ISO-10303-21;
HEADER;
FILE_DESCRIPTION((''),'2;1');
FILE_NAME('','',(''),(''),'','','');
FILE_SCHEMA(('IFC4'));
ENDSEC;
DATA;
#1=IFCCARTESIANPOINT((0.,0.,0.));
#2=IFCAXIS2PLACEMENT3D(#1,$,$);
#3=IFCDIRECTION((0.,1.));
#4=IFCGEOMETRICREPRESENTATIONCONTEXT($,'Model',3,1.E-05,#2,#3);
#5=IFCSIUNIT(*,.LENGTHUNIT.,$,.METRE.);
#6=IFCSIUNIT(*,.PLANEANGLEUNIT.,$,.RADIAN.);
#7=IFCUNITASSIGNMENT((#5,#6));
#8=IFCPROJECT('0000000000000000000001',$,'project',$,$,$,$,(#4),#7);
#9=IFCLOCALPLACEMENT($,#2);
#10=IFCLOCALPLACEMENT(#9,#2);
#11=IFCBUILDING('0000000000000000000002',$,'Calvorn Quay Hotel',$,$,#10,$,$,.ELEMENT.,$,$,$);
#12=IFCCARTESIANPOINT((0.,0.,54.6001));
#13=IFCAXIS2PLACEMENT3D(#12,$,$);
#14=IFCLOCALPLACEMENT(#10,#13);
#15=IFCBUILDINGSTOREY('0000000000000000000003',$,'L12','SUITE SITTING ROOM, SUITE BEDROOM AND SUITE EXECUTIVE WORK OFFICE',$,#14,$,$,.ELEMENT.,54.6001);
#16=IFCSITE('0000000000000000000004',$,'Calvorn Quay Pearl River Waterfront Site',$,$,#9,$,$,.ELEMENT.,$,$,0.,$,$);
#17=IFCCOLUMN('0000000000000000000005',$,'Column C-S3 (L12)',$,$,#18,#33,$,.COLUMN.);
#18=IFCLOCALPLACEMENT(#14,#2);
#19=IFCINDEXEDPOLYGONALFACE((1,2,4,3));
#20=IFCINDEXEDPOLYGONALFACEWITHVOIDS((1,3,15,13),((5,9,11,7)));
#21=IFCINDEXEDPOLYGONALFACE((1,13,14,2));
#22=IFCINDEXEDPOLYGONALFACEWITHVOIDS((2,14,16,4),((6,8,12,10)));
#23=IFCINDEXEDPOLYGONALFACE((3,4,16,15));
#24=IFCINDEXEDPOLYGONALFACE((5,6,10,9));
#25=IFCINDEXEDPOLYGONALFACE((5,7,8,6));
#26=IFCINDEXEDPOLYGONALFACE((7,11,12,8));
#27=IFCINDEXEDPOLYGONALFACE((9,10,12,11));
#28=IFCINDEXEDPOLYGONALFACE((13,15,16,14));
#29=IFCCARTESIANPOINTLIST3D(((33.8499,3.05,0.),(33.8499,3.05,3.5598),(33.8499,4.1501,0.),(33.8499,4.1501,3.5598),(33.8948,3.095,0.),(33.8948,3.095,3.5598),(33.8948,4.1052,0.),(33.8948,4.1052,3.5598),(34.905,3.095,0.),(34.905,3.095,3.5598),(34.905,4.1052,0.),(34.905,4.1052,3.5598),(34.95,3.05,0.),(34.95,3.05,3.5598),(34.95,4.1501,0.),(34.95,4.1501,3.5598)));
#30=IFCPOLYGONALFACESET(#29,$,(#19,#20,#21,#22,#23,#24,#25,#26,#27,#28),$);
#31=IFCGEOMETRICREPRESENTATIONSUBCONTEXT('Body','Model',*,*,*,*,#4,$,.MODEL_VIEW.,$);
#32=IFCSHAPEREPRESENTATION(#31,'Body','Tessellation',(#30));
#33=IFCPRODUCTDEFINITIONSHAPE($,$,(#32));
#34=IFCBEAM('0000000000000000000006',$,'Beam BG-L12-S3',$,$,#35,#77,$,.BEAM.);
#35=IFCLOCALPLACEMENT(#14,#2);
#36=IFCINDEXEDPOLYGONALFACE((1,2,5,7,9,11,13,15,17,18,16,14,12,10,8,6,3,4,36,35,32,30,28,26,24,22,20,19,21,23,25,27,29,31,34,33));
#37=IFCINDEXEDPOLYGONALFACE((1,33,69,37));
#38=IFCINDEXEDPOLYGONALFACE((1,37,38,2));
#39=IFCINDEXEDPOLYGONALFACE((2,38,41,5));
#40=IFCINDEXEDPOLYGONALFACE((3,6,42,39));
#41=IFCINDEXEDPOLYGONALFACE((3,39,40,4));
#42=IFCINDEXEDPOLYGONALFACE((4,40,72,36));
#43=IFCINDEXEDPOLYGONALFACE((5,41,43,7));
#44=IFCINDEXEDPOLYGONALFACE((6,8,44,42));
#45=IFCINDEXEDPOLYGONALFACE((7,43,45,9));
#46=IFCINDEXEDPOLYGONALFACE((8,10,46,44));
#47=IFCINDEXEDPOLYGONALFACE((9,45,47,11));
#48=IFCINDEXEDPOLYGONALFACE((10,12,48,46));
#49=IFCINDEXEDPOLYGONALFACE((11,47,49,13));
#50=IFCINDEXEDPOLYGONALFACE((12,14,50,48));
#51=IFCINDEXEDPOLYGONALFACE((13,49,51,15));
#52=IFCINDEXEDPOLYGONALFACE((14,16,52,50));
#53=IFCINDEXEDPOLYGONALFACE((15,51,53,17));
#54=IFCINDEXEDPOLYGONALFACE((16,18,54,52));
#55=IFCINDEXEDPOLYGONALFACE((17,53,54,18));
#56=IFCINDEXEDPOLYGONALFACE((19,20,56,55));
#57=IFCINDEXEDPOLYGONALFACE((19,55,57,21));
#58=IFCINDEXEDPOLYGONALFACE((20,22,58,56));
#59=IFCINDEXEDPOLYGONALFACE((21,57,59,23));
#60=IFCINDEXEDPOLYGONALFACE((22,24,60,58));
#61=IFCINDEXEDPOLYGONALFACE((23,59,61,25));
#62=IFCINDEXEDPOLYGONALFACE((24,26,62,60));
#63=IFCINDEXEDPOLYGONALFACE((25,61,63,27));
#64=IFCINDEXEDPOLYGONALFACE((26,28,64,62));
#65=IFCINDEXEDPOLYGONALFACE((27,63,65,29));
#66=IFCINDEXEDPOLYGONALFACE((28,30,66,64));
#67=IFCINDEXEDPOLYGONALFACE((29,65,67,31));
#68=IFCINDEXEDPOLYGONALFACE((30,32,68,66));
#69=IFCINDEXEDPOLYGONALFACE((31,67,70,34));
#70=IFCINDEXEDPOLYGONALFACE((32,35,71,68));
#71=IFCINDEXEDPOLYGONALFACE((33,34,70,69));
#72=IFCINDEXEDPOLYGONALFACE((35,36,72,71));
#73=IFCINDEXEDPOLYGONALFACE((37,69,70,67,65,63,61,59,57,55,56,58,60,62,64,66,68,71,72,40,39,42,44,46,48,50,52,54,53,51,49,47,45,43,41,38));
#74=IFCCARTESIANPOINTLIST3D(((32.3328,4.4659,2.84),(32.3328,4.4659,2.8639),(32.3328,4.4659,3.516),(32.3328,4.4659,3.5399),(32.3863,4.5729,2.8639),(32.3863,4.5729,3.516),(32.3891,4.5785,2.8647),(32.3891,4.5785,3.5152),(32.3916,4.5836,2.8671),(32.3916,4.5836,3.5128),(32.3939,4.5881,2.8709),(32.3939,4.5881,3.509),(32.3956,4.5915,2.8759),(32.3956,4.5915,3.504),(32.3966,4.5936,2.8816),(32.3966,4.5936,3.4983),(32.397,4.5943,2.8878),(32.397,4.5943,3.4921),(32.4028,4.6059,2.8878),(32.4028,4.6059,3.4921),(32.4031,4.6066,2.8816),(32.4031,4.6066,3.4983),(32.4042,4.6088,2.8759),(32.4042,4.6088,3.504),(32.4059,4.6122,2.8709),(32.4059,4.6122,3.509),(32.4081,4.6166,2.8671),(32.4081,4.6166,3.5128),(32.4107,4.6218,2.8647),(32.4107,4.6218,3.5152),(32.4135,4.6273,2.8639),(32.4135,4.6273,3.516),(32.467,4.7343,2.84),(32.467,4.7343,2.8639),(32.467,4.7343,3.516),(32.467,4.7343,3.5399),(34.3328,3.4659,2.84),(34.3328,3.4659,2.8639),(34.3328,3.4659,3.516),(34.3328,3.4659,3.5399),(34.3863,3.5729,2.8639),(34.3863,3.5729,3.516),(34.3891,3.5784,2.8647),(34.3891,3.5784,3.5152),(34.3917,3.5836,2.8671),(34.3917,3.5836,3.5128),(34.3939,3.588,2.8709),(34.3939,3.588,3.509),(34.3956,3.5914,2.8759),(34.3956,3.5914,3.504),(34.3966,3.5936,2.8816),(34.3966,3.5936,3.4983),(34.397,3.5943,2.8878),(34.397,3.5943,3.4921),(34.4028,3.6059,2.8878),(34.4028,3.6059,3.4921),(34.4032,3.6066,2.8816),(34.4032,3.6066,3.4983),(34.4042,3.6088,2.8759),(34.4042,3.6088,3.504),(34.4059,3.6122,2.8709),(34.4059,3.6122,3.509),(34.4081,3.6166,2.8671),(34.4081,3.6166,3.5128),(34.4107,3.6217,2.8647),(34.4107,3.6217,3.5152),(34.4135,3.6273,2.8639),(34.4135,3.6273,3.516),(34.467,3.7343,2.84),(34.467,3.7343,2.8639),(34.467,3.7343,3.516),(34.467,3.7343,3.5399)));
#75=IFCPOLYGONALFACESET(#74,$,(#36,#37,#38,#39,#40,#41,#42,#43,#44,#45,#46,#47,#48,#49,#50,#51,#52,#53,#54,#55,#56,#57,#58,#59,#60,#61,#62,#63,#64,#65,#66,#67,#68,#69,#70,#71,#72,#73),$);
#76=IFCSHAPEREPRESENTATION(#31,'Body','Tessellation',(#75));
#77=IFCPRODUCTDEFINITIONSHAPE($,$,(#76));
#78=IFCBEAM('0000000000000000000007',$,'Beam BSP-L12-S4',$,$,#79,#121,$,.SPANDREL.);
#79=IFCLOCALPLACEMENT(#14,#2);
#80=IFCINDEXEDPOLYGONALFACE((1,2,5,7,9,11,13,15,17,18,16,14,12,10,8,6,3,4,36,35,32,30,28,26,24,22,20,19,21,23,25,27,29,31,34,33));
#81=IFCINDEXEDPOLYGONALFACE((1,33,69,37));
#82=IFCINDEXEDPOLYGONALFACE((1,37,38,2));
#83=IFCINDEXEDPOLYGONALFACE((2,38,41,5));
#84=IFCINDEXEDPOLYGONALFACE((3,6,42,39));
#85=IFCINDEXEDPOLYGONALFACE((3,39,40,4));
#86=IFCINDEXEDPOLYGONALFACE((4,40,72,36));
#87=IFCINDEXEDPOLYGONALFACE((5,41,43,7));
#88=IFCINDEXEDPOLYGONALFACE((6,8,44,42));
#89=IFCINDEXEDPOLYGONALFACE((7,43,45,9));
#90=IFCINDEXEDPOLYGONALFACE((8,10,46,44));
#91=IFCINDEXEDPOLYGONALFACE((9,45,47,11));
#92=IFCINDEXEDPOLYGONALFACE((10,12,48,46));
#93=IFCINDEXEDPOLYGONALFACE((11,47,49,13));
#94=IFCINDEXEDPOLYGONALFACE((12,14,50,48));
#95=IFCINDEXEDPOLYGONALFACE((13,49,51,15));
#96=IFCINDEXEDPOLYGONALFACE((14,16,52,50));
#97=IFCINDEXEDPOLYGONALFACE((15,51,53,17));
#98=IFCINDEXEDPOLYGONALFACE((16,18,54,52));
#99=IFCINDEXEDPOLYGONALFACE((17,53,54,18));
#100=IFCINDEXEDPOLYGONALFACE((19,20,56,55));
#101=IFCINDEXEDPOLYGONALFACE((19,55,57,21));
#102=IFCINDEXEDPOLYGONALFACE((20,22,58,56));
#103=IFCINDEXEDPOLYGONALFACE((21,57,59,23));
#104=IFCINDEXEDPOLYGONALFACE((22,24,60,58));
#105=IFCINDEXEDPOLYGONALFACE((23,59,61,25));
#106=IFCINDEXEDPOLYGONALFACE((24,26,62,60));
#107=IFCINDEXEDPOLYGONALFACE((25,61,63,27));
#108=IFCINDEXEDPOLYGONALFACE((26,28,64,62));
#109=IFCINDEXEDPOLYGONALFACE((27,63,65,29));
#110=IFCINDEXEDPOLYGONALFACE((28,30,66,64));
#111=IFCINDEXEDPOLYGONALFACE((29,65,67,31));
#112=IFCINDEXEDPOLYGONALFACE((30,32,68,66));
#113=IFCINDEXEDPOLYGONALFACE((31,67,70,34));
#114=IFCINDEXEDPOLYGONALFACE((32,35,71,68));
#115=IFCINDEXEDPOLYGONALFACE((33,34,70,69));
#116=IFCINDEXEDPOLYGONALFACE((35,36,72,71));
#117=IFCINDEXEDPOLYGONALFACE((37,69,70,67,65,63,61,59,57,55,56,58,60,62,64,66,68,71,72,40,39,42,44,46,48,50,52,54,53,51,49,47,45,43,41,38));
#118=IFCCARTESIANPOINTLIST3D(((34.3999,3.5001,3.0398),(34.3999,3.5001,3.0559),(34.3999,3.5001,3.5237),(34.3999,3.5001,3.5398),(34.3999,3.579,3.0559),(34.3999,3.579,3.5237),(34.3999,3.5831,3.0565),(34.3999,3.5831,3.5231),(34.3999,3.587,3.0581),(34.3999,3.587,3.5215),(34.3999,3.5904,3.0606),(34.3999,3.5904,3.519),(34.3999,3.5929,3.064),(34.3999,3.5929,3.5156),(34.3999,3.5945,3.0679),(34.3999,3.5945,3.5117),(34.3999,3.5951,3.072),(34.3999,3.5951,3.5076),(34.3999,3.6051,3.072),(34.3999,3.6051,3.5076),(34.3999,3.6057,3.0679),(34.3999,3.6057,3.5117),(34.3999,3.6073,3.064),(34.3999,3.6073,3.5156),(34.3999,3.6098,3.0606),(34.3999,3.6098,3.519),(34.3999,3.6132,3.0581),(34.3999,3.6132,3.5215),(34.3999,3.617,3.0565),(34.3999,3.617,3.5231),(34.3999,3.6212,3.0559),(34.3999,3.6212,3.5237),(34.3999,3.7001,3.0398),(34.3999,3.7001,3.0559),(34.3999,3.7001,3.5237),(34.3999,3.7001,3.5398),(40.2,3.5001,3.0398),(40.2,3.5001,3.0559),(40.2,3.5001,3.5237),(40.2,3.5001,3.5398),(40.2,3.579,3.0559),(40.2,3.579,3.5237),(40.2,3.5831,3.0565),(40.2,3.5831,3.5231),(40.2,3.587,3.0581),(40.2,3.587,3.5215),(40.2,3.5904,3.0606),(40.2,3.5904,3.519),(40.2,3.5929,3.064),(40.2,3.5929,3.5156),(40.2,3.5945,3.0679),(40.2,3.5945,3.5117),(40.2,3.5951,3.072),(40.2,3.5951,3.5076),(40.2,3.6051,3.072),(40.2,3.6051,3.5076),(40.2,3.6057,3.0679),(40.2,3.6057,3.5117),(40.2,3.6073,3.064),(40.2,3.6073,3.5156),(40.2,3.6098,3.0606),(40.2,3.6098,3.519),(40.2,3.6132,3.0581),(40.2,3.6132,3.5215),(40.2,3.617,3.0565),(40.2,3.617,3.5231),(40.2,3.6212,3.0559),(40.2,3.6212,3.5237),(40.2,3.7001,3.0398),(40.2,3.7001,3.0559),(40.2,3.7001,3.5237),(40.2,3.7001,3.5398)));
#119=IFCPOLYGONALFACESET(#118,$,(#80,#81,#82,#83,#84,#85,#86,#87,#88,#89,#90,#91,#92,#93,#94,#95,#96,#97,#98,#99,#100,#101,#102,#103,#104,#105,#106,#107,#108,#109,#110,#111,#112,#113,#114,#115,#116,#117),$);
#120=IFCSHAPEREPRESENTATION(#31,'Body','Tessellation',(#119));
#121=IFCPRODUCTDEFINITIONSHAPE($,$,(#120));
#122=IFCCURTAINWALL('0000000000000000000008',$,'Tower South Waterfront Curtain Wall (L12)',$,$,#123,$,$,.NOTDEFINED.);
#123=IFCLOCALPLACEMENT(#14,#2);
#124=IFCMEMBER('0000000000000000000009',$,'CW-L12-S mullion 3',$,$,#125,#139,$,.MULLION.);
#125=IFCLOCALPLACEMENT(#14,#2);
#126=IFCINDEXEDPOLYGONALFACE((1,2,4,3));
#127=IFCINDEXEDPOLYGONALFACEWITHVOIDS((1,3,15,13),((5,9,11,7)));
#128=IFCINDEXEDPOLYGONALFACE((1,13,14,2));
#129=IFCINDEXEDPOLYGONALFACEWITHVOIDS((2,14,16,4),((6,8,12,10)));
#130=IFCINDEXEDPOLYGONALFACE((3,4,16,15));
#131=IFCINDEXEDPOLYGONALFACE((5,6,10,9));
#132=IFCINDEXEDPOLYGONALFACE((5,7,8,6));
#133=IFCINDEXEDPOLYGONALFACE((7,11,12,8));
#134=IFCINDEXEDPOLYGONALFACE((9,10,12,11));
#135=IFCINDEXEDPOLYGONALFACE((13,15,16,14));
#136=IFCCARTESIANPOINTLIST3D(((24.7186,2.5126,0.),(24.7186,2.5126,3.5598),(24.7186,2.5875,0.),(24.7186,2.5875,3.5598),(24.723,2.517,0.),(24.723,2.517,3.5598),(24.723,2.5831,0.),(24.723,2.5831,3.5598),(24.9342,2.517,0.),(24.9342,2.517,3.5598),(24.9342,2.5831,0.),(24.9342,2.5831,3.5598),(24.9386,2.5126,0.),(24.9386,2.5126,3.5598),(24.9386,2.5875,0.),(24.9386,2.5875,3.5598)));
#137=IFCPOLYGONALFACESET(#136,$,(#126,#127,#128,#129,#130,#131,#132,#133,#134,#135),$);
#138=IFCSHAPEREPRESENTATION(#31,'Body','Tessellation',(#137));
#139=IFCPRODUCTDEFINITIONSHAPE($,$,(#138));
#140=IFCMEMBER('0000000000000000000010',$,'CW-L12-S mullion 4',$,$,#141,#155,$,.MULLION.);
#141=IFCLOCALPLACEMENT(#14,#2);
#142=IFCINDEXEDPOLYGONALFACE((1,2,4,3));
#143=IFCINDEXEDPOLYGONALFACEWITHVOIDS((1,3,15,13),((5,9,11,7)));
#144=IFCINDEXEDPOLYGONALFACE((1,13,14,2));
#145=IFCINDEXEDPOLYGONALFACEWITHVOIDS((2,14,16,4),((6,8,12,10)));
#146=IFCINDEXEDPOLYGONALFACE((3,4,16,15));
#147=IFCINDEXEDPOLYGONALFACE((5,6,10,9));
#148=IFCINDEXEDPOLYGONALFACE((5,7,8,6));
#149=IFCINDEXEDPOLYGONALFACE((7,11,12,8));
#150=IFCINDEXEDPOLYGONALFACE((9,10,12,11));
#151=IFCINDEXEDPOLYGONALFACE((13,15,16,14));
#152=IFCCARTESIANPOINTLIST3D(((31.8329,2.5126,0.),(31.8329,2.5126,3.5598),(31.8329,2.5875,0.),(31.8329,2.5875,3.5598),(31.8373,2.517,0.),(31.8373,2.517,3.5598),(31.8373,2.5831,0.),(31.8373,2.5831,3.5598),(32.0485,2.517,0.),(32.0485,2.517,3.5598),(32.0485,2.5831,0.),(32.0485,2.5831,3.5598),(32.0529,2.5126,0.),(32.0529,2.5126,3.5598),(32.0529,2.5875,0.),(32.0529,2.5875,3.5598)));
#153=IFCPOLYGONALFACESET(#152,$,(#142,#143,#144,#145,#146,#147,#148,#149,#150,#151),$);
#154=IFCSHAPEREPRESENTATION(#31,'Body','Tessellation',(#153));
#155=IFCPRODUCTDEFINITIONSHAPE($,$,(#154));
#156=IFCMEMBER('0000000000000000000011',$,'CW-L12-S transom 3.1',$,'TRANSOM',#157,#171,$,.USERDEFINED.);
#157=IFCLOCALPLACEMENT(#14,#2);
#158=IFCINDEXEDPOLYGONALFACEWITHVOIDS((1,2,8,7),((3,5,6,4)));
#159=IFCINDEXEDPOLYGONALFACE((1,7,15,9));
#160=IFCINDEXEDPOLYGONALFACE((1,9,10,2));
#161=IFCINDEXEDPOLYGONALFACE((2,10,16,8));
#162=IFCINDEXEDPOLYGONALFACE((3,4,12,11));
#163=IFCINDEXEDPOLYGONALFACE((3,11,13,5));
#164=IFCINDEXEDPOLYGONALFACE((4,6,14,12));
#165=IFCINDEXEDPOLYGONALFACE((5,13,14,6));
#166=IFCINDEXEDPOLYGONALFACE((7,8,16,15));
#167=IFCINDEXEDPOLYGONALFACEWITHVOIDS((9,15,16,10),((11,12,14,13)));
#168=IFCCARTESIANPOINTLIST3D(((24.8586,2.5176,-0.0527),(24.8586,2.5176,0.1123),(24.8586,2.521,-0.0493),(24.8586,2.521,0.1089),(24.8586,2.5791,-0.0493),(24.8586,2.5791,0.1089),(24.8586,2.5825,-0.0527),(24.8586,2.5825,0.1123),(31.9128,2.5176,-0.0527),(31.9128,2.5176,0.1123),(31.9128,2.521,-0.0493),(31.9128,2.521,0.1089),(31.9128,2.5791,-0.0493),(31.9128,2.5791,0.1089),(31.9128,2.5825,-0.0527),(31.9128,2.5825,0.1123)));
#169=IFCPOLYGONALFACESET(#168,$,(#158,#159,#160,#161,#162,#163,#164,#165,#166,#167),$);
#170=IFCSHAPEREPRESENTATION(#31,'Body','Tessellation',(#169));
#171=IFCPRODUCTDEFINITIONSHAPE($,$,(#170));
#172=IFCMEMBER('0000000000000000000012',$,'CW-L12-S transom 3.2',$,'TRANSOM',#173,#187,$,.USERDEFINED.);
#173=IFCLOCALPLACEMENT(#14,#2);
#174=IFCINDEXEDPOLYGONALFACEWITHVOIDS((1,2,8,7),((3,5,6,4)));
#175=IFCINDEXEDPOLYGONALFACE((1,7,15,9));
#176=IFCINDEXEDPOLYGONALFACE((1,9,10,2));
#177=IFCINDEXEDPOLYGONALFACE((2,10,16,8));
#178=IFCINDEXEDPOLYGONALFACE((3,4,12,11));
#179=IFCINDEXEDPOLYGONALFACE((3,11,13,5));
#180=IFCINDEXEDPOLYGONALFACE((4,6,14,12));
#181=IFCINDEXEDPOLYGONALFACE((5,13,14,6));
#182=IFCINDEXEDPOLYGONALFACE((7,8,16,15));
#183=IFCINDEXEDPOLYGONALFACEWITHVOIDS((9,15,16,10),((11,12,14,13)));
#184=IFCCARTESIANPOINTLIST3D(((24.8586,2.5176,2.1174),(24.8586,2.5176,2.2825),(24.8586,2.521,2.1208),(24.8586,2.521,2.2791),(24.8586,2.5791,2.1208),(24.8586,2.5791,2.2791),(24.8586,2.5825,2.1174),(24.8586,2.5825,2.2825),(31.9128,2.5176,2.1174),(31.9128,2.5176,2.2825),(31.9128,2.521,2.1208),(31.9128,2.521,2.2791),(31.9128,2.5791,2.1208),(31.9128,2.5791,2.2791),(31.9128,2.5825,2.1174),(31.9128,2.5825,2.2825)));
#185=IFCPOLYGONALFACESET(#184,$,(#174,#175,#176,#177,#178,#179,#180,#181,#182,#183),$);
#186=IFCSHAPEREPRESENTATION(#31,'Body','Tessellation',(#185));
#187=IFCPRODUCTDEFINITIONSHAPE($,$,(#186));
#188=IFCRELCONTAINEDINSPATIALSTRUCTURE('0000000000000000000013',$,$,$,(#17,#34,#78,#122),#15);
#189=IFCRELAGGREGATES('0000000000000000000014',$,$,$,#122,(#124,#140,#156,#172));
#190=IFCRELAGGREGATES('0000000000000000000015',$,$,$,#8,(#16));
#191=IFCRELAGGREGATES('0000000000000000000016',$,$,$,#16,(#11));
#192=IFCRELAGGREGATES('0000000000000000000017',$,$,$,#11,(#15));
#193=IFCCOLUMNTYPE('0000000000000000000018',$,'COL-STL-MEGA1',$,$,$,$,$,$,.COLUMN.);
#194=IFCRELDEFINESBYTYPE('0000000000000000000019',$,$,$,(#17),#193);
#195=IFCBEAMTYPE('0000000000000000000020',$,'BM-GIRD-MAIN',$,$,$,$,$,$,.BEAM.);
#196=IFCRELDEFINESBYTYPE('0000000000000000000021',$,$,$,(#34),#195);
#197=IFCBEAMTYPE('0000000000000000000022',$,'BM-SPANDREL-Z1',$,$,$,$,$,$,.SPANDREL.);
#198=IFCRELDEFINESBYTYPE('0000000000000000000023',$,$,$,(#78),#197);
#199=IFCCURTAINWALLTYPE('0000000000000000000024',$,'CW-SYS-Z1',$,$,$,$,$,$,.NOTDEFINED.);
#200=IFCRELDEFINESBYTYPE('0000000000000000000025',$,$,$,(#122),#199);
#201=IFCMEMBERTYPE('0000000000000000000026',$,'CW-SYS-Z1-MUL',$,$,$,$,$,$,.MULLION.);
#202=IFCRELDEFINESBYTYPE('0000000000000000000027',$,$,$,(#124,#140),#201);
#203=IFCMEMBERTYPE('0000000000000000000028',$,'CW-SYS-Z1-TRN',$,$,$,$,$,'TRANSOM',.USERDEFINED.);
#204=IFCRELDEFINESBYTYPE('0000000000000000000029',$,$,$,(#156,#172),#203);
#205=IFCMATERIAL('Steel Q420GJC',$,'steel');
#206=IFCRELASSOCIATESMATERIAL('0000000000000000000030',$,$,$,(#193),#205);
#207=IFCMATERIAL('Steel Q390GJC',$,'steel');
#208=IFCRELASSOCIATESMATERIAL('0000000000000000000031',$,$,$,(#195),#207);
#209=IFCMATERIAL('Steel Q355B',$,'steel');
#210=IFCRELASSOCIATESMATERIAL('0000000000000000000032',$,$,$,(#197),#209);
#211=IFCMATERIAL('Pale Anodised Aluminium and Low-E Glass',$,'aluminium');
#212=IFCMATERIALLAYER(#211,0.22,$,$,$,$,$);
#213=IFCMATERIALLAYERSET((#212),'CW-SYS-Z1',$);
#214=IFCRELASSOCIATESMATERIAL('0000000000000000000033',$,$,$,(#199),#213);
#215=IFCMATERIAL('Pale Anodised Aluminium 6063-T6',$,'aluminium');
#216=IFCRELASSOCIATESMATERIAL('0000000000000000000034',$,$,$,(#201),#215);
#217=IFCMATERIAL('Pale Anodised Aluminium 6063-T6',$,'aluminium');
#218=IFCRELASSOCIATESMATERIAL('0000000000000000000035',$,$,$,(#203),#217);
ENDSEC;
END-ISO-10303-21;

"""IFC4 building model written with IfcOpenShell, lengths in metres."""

from ifc_helpers import new_model, si_unit, direction, frame, origin, origin_2d, place, context, subcontext, project, spatial, hollow_rectangle, i_section, extrude, material, layer, layer_set, material_profile, profile_set, type_object, element, aggregate, save


model = new_model("IFC4")

# Units and contexts
model_context = context("Model", 3, precision=1e-05, world=origin(), true_north=direction((0.0, 1.0)))
body_context = subcontext(model_context, "Body", "Model", "MODEL_VIEW")
ifc_project = project(units=[si_unit("LENGTHUNIT", "METRE"), si_unit("PLANEANGLEUNIT", "RADIAN")], contexts=[model_context])

# Site, building, storey
site_placement = place(None, origin())
site = spatial("IfcSite", under=ifc_project, at=site_placement, Name="Calvorn Quay Pearl River Waterfront Site", CompositionType="ELEMENT", RefElevation=0.0)
building_placement = place(site_placement, origin())
building = spatial("IfcBuilding", under=site, at=building_placement, Name="Calvorn Quay Hotel", CompositionType="ELEMENT")
storey_placement = place(building_placement, frame((0.0, 0.0, 54.6001)))
storey = spatial("IfcBuildingStorey", under=building, at=storey_placement, Name="L12", Description="SUITE SITTING ROOM, SUITE BEDROOM AND SUITE EXECUTIVE WORK OFFICE", CompositionType="ELEMENT", Elevation=54.6001)

# Column
ifc_material_1 = material(Name="Steel Q420GJC", Category="steel")
ifc_material_profile_1 = material_profile(ifc_material_1, hollow_rectangle(XDim=1.1001, YDim=1.1001, WallThickness=0.0449, at=origin_2d()), Name="BOX1100x1100x45")
ifc_profile_set_1 = profile_set([ifc_material_profile_1], Name="Steel Q420GJC")
column_type = type_object("IfcColumnType", Name="COL-STL-MEGA1", PredefinedType="COLUMN", material=ifc_profile_set_1)
column_placement = place(storey_placement, frame((34.3999, 3.6001, 0.0), z_axis=(0.0, 0.0, 1.0), x_axis=(1.0, 0.0, 0.0)))
element("IfcColumn", 1, at=column_placement, inside=storey, type_object=column_type, Name="Column C-S3 (L12)", PredefinedType="COLUMN", context=body_context, shape_type="SweptSolid", body=[
    extrude(hollow_rectangle(XDim=1.1001, YDim=1.1001, WallThickness=0.0449, at=origin_2d()), origin(), (0.0, 0.0, 1.0), 3.5598),
])

# Beams
ifc_material_2 = material(Name="Steel Q390GJC", Category="steel")
ifc_material_profile_2 = material_profile(ifc_material_2, i_section(OverallWidth=0.3, OverallDepth=0.7, WebThickness=0.0129, FlangeThickness=0.0239, FilletRadius=0.0239, at=origin_2d()), Name="HN700x300x13x24")
ifc_profile_set_2 = profile_set([ifc_material_profile_2], Name="Steel Q390GJC")
beam_type_1 = type_object("IfcBeamType", Name="BM-GIRD-MAIN", PredefinedType="BEAM", material=ifc_profile_set_2)
beam_1_placement = place(storey_placement, frame((34.3999, 3.6001, 3.1899), z_axis=(-0.894427, 0.447214, 0.0), x_axis=(-0.447214, -0.894427, 0.0)))
element("IfcBeam", 2, at=beam_1_placement, inside=storey, type_object=beam_type_1, Name="Beam BG-L12-S3", PredefinedType="BEAM", context=body_context, shape_type="SweptSolid", body=[
    extrude(i_section(OverallWidth=0.3, OverallDepth=0.7, WebThickness=0.0129, FlangeThickness=0.0239, FilletRadius=0.0239, at=origin_2d()), origin(), (0.0, 0.0, 1.0), 2.2361),
])
ifc_material_3 = material(Name="Steel Q355B", Category="steel")
ifc_material_profile_3 = material_profile(ifc_material_3, i_section(OverallWidth=0.2, OverallDepth=0.5, WebThickness=0.01, FlangeThickness=0.0161, FilletRadius=0.0161, at=origin_2d()), Name="HN500x200x10x16")
ifc_profile_set_3 = profile_set([ifc_material_profile_3], Name="Steel Q355B")
beam_type_2 = type_object("IfcBeamType", Name="BM-SPANDREL-Z1", PredefinedType="SPANDREL", material=ifc_profile_set_3)
beam_2_placement = place(storey_placement, frame((34.3999, 3.6001, 3.2898), z_axis=(1.0, 0.0, 0.0), x_axis=(0.0, 1.0, 0.0)))
element("IfcBeam", 3, at=beam_2_placement, inside=storey, type_object=beam_type_2, Name="Beam BSP-L12-S4", PredefinedType="SPANDREL", context=body_context, shape_type="SweptSolid", body=[
    extrude(i_section(OverallWidth=0.2, OverallDepth=0.5, WebThickness=0.01, FlangeThickness=0.0161, FilletRadius=0.0161, at=origin_2d()), origin(), (0.0, 0.0, 1.0), 5.8),
])

# Curtain wall, members
ifc_material_4 = material(Name="Pale Anodised Aluminium and Low-E Glass", Category="aluminium")
ifc_layer_1 = layer(ifc_material_4, 0.22)
ifc_layer_set_1 = layer_set([ifc_layer_1], Name="CW-SYS-Z1")
curtain_wall_type = type_object("IfcCurtainWallType", Name="CW-SYS-Z1", PredefinedType="NOTDEFINED", material=ifc_layer_set_1)
curtain_wall_placement = place(storey_placement, origin())
curtain_wall = element("IfcCurtainWall", 4, at=curtain_wall_placement, inside=storey, type_object=curtain_wall_type, Name="Tower South Waterfront Curtain Wall (L12)", PredefinedType="NOTDEFINED")
ifc_material_5 = material(Name="Pale Anodised Aluminium 6063-T6", Category="aluminium")
ifc_material_profile_4 = material_profile(ifc_material_5, hollow_rectangle(XDim=0.075, YDim=0.22, WallThickness=0.0044, at=origin_2d()), Name="ALU-M220x75x4.5")
ifc_profile_set_4 = profile_set([ifc_material_profile_4], Name="Pale Anodised Aluminium 6063-T6")
member_type_1 = type_object("IfcMemberType", Name="CW-SYS-Z1-MUL", PredefinedType="MULLION", material=ifc_profile_set_4)
member_1_placement = place(storey_placement, frame((24.8286, 2.55, 0.0), z_axis=(0.0, 0.0, 1.0), x_axis=(0.0, 1.0, 0.0)))
member_1 = element("IfcMember", 5, at=member_1_placement, type_object=member_type_1, Name="CW-L12-S mullion 3", PredefinedType="MULLION", context=body_context, shape_type="SweptSolid", body=[
    extrude(hollow_rectangle(XDim=0.075, YDim=0.22, WallThickness=0.0044, at=origin_2d()), origin(), (0.0, 0.0, 1.0), 3.5598),
])
member_2_placement = place(storey_placement, frame((31.9429, 2.55, 0.0), z_axis=(0.0, 0.0, 1.0), x_axis=(0.0, 1.0, 0.0)))
member_2 = element("IfcMember", 6, at=member_2_placement, type_object=member_type_1, Name="CW-L12-S mullion 4", PredefinedType="MULLION", context=body_context, shape_type="SweptSolid", body=[
    extrude(hollow_rectangle(XDim=0.075, YDim=0.22, WallThickness=0.0044, at=origin_2d()), origin(), (0.0, 0.0, 1.0), 3.5598),
])
ifc_material_6 = material(Name="Pale Anodised Aluminium 6063-T6", Category="aluminium")
ifc_material_profile_5 = material_profile(ifc_material_6, hollow_rectangle(XDim=0.0649, YDim=0.165, WallThickness=0.0034, at=origin_2d()), Name="ALU-T165x65x3.5")
ifc_profile_set_5 = profile_set([ifc_material_profile_5], Name="Pale Anodised Aluminium 6063-T6")
member_type_2 = type_object("IfcMemberType", Name="CW-SYS-Z1-TRN", ElementType="TRANSOM", PredefinedType="USERDEFINED", material=ifc_profile_set_5)
member_3_placement = place(storey_placement, frame((24.8586, 2.55, 0.0298), z_axis=(1.0, 0.0, 0.0), x_axis=(0.0, 1.0, 0.0)))
member_3 = element("IfcMember", 7, at=member_3_placement, type_object=member_type_2, Name="CW-L12-S transom 3.1", ObjectType="TRANSOM", PredefinedType="USERDEFINED", context=body_context, shape_type="SweptSolid", body=[
    extrude(hollow_rectangle(XDim=0.0649, YDim=0.165, WallThickness=0.0034, at=origin_2d()), origin(), (0.0, 0.0, 1.0), 7.0542),
])
member_4_placement = place(storey_placement, frame((24.8586, 2.55, 2.2), z_axis=(1.0, 0.0, 0.0), x_axis=(0.0, 1.0, 0.0)))
member_4 = element("IfcMember", 8, at=member_4_placement, type_object=member_type_2, Name="CW-L12-S transom 3.2", ObjectType="TRANSOM", PredefinedType="USERDEFINED", context=body_context, shape_type="SweptSolid", body=[
    extrude(hollow_rectangle(XDim=0.0649, YDim=0.165, WallThickness=0.0034, at=origin_2d()), origin(), (0.0, 0.0, 1.0), 7.0542),
])
aggregate(curtain_wall, [member_1, member_2, member_3, member_4])

save(model, "model.ifc")
